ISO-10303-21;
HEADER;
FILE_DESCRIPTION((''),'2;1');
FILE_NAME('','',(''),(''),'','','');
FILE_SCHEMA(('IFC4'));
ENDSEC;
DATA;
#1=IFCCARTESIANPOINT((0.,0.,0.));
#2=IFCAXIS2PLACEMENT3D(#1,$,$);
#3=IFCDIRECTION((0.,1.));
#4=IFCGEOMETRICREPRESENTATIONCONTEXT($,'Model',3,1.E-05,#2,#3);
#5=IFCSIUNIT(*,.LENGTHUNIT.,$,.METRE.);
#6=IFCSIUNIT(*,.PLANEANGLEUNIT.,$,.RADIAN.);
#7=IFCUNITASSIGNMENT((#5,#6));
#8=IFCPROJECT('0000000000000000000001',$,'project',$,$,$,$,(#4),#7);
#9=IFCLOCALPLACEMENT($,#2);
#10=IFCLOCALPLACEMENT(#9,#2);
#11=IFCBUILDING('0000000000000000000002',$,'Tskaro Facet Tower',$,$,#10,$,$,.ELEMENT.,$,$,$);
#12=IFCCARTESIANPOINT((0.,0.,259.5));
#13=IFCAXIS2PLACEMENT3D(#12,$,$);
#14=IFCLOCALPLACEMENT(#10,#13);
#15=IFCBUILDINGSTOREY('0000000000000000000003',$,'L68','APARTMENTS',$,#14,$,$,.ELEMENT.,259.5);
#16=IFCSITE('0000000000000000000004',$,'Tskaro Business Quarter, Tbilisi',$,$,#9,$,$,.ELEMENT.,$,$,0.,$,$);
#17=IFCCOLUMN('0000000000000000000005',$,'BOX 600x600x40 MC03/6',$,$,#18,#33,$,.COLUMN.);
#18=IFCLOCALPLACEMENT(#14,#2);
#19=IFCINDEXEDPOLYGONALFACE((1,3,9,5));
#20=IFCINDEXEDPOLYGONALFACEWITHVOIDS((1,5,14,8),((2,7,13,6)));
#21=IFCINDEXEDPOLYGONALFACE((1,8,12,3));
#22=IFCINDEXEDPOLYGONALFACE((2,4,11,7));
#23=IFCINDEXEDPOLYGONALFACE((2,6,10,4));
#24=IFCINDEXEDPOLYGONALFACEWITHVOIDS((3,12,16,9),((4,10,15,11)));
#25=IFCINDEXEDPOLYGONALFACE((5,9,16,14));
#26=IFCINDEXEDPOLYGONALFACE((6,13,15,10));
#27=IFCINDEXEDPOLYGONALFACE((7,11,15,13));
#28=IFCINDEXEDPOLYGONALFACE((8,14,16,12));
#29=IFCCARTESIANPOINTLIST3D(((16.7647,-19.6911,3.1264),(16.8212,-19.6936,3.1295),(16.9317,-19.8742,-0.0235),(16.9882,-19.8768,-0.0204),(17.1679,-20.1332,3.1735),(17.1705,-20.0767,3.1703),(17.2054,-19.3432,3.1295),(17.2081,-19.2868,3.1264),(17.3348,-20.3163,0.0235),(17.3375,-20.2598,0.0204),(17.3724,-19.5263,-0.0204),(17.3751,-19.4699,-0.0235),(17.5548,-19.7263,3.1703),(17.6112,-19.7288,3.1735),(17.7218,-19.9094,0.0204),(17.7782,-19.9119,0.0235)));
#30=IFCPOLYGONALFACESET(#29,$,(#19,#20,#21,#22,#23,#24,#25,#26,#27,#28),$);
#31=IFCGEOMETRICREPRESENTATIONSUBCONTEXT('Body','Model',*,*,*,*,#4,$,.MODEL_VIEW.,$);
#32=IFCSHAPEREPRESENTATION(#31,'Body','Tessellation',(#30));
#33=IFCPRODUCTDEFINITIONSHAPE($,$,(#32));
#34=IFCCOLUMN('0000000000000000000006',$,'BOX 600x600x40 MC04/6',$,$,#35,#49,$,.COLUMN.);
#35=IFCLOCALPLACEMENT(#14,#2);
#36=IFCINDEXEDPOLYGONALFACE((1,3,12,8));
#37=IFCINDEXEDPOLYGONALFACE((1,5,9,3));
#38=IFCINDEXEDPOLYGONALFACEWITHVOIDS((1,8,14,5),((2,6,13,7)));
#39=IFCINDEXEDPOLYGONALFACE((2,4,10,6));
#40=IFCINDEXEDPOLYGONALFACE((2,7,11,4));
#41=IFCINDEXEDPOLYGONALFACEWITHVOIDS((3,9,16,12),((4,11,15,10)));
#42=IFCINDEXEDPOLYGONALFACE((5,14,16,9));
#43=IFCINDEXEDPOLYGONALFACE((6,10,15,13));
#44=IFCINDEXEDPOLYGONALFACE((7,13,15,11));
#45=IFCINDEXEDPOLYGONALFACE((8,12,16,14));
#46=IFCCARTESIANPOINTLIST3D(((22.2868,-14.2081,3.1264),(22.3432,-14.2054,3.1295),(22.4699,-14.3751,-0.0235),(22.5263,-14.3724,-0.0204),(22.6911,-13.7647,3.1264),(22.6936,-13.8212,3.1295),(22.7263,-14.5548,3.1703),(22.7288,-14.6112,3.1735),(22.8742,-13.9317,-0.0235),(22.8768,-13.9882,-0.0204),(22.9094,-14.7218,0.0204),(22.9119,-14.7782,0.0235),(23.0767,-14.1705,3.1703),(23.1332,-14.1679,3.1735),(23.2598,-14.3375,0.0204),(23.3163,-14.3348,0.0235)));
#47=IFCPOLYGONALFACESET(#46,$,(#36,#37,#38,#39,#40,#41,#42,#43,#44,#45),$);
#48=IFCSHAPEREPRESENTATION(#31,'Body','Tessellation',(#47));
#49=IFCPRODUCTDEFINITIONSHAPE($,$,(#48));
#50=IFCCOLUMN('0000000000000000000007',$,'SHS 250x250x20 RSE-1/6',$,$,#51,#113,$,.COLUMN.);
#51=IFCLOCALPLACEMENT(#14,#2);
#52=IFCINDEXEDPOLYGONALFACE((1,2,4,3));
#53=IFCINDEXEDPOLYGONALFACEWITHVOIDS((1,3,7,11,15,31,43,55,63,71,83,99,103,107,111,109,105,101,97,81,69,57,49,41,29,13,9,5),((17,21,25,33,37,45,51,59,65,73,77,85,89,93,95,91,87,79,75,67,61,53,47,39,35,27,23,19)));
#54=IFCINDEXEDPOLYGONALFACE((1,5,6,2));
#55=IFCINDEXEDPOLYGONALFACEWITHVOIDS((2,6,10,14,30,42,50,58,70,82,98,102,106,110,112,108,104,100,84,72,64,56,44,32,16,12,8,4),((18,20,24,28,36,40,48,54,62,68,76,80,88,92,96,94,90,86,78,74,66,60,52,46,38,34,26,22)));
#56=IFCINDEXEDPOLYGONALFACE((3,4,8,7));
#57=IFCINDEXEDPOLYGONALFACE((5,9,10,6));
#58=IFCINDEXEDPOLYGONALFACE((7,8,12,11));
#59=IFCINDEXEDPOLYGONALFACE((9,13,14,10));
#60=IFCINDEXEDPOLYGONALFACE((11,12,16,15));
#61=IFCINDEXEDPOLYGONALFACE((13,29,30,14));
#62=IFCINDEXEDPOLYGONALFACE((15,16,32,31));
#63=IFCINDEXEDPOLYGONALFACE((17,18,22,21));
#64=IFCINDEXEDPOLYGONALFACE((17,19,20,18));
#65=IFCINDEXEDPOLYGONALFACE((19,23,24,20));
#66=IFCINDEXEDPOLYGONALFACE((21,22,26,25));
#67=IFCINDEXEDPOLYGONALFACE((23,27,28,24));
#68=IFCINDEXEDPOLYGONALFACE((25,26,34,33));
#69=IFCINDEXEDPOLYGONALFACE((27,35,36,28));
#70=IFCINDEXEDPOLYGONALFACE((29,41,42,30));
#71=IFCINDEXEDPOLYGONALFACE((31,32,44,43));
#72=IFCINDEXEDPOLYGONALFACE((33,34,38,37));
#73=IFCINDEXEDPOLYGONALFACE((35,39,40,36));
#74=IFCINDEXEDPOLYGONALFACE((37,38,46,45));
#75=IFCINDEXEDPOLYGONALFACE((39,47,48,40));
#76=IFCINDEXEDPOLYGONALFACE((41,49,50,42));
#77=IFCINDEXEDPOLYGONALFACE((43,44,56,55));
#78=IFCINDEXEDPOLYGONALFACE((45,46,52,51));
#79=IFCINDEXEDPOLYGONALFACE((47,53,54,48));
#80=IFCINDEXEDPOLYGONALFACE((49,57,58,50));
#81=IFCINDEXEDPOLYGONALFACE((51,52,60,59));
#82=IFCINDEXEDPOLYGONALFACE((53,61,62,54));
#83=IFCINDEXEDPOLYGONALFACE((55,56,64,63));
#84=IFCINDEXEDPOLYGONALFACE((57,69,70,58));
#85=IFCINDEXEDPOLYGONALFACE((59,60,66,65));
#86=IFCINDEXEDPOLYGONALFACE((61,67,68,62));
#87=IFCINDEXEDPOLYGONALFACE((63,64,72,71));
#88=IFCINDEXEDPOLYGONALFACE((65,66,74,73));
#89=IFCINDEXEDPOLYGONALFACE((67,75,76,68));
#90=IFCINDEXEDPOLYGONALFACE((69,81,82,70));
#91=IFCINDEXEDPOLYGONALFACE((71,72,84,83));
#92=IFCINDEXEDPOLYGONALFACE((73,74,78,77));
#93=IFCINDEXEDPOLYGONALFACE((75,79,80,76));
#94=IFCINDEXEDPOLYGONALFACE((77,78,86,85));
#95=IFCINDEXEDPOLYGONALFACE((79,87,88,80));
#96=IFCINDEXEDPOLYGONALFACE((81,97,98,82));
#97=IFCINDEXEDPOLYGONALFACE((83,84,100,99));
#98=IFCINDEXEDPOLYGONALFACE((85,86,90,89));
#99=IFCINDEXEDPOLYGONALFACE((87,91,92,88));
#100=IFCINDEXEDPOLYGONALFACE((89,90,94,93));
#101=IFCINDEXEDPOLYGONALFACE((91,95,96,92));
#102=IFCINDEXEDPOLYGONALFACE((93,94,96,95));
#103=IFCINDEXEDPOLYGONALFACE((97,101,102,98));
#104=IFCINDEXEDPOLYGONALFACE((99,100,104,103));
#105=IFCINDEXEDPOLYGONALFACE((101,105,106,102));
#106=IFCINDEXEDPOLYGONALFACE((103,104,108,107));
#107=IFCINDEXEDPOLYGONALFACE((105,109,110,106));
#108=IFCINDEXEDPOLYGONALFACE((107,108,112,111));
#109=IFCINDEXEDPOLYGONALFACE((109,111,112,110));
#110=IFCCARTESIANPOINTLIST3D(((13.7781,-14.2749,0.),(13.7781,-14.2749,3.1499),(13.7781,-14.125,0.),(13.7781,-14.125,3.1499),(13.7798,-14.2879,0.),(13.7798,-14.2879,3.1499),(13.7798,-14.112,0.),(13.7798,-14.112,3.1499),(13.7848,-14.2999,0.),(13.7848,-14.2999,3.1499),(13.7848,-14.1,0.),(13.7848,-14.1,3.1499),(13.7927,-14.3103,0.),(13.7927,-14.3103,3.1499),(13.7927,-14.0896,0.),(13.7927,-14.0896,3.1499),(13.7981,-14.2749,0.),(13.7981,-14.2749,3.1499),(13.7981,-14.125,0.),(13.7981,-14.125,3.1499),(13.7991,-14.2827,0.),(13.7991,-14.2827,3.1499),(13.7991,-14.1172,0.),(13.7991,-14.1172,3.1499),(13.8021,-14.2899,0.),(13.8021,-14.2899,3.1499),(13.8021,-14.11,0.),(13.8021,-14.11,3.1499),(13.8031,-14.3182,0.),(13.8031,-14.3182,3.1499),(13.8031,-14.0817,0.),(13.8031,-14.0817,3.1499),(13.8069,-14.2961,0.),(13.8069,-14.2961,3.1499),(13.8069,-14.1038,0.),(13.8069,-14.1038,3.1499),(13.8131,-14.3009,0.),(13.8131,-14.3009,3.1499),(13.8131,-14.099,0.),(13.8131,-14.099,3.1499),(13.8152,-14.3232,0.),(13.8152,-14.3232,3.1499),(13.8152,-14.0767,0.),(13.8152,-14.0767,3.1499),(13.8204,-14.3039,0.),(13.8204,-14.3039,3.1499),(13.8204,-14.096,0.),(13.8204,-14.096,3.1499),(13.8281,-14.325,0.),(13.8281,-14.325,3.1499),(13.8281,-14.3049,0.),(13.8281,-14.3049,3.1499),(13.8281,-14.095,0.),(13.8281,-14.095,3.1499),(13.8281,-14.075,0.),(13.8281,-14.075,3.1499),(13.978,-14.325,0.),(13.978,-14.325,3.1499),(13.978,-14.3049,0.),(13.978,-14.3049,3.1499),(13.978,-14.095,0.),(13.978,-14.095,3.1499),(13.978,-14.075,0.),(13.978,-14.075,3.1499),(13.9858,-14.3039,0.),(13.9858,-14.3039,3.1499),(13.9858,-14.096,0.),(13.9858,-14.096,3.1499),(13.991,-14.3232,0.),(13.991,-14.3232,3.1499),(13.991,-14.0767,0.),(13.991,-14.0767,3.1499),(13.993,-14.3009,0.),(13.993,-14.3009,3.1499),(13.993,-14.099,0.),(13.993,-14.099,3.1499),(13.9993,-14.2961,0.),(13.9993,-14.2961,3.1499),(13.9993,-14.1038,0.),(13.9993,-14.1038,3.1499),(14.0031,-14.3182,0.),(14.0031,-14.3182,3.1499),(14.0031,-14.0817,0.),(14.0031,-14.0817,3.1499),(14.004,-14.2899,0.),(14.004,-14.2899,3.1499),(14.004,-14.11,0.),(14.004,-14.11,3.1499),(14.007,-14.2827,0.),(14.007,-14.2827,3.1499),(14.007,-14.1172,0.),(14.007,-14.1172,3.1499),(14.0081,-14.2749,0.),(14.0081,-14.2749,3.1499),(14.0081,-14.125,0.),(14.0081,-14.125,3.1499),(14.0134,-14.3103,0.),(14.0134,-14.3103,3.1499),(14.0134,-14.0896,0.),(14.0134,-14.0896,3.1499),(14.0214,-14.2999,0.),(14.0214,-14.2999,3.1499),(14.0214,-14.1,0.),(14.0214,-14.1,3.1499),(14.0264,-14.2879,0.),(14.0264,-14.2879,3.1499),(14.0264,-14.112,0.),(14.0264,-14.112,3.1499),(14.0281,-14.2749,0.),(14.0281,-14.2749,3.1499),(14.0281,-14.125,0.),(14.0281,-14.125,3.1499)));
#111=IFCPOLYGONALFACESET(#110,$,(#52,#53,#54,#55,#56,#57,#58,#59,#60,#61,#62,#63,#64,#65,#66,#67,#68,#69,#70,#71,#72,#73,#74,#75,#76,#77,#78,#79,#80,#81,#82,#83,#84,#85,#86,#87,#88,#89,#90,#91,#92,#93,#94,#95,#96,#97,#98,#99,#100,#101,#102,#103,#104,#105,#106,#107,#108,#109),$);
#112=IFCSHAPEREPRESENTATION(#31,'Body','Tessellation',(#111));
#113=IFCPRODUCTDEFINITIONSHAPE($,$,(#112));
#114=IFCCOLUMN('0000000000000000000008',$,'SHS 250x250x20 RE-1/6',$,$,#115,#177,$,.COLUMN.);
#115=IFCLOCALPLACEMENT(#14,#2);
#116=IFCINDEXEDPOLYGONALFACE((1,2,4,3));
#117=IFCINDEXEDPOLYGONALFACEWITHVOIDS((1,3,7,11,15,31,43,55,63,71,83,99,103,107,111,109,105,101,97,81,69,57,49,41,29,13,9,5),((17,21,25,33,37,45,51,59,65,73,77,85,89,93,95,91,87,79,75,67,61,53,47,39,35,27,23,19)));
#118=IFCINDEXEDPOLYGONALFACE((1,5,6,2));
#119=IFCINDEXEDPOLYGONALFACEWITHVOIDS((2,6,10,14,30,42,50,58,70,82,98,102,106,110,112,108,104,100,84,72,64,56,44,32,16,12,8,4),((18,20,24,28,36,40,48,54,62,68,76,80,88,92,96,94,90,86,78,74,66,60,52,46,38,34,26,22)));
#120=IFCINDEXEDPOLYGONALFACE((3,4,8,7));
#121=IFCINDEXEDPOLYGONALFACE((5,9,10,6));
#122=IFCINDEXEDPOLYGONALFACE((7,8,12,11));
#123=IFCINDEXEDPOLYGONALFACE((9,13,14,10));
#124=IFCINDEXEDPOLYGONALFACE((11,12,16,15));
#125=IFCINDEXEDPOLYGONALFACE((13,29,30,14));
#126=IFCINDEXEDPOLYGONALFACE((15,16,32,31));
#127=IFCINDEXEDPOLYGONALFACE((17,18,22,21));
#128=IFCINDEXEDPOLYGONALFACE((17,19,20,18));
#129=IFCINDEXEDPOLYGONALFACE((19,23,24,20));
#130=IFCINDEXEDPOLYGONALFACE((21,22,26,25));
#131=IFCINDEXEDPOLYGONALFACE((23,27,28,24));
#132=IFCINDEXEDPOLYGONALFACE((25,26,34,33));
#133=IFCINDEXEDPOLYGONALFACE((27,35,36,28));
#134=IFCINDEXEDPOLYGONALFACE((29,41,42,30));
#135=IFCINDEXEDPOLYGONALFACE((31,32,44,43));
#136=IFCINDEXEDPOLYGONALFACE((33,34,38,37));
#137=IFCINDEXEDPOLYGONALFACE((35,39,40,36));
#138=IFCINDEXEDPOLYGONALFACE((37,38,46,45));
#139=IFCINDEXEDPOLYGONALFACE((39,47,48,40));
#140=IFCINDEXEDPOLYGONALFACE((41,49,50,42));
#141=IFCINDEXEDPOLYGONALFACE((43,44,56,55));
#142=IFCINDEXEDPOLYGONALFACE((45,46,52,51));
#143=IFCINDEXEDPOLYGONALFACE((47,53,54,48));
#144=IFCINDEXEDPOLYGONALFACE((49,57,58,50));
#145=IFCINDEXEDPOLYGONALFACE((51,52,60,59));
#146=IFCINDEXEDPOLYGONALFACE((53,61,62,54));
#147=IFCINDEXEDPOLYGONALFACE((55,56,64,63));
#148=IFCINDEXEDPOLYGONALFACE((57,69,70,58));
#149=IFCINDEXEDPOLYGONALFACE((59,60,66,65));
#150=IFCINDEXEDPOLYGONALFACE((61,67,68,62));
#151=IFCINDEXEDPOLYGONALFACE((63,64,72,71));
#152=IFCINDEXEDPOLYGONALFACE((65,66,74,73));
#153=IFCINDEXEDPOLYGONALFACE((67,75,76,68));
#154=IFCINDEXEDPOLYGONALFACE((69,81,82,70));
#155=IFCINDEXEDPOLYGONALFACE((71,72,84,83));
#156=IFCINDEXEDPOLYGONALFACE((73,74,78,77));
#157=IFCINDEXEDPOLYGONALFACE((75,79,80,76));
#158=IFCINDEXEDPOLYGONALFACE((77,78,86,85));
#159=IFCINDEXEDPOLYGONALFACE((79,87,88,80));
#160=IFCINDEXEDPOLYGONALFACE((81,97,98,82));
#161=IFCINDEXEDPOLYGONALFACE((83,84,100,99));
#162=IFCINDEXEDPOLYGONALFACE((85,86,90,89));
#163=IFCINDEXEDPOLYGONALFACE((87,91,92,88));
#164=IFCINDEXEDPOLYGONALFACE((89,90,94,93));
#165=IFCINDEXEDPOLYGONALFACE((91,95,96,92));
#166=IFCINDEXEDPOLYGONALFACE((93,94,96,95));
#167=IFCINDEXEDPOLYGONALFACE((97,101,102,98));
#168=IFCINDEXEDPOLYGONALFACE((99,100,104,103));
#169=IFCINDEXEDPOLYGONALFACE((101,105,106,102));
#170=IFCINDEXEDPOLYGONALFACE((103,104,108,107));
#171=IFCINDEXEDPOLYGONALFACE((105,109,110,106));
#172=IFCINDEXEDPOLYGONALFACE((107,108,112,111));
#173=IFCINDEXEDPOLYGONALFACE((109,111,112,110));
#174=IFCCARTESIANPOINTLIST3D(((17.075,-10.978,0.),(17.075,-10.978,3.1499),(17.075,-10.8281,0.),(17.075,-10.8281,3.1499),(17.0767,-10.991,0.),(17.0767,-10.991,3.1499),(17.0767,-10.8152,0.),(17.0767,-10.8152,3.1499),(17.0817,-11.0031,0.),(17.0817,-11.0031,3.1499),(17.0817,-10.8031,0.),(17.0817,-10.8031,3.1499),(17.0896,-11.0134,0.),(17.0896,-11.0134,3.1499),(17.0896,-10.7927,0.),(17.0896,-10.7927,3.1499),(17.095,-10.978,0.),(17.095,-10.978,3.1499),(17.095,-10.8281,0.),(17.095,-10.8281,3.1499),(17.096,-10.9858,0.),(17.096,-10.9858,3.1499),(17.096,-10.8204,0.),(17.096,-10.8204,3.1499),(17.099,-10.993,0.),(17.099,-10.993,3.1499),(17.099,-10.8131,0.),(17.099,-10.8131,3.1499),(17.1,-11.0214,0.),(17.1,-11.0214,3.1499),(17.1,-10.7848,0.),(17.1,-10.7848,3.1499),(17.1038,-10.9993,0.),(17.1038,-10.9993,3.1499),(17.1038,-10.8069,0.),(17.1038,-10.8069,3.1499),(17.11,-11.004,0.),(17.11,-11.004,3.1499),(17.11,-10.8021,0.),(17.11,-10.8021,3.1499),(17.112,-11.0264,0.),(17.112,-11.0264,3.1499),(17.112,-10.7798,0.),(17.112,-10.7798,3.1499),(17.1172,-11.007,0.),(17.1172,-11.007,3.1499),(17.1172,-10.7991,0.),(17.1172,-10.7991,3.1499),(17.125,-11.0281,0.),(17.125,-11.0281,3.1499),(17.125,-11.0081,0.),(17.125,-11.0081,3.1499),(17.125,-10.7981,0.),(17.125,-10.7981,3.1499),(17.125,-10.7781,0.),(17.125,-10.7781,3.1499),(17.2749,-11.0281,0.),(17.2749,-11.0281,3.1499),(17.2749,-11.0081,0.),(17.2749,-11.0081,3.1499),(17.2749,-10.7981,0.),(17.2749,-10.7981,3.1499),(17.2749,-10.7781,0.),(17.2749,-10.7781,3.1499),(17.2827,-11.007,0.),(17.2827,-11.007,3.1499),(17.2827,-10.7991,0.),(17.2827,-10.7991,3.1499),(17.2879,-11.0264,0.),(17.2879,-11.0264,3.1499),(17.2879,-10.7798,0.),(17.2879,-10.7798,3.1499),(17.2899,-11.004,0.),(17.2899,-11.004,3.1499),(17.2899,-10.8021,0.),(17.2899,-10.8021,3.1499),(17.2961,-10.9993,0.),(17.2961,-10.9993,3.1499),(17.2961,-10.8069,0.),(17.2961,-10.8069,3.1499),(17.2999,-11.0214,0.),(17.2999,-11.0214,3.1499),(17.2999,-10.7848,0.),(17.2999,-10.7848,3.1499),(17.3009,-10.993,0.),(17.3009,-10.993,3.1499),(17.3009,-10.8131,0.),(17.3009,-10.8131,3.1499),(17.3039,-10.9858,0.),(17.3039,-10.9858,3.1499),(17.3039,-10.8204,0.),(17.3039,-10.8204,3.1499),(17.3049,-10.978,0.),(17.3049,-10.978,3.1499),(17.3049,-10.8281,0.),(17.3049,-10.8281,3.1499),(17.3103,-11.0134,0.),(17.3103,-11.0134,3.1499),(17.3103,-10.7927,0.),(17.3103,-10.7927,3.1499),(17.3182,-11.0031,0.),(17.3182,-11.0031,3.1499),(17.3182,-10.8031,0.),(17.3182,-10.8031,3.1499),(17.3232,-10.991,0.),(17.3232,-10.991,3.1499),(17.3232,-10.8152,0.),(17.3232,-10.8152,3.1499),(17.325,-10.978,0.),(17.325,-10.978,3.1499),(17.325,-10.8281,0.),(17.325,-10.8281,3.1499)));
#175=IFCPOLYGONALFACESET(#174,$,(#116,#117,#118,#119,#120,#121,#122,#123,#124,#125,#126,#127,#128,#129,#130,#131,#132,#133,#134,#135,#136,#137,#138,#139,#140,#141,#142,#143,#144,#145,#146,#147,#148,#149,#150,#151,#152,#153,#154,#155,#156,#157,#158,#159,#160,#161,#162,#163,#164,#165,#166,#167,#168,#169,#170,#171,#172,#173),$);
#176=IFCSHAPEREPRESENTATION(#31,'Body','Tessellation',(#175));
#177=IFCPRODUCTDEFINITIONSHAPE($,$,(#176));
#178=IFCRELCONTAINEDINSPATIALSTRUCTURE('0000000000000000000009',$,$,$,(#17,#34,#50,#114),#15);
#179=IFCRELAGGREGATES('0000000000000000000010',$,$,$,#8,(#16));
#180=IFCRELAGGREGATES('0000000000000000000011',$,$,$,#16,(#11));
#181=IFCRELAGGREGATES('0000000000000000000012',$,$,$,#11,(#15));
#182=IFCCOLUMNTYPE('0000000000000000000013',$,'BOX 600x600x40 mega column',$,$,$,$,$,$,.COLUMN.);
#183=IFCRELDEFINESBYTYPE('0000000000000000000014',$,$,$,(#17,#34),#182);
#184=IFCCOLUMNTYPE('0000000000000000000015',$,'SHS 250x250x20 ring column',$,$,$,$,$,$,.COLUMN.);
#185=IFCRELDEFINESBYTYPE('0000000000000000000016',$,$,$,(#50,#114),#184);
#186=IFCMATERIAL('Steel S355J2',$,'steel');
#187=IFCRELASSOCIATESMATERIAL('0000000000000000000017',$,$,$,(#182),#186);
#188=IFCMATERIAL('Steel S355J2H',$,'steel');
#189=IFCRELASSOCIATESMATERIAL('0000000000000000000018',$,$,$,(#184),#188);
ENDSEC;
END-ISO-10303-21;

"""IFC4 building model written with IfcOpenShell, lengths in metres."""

from ifc_helpers import new_model, si_unit, direction, frame, origin, origin_2d, place, context, subcontext, project, spatial, hollow_rectangle, extrude, material, material_profile, profile_set, type_object, element, save


model = new_model("IFC4")

# Units and contexts
model_context = context("Model", 3, precision=1e-05, world=origin(), true_north=direction((0.0, 1.0)))
body_context = subcontext(model_context, "Body", "Model", "MODEL_VIEW")
ifc_project = project(units=[si_unit("LENGTHUNIT", "METRE"), si_unit("PLANEANGLEUNIT", "RADIAN")], contexts=[model_context])

# Site, building, storey
site_placement = place(None, origin())
site = spatial("IfcSite", under=ifc_project, at=site_placement, Name="Tskaro Business Quarter, Tbilisi", CompositionType="ELEMENT", RefElevation=0.0)
building_placement = place(site_placement, origin())
building = spatial("IfcBuilding", under=site, at=building_placement, Name="Tskaro Facet Tower", CompositionType="ELEMENT")
storey_placement = place(building_placement, frame((0.0, 0.0, 259.5)))
storey = spatial("IfcBuildingStorey", under=building, at=storey_placement, Name="L68", Description="APARTMENTS", CompositionType="ELEMENT", Elevation=259.5)

# Columns
ifc_material_1 = material(Name="Steel S355J2", Category="steel")
ifc_material_profile_1 = material_profile(ifc_material_1, hollow_rectangle(XDim=0.6001, YDim=0.6001, WallThickness=0.04, at=origin_2d()), Name="BOX 600x600x40")
ifc_profile_set_1 = profile_set([ifc_material_profile_1], Name="Steel S355J2")
column_type_1 = type_object("IfcColumnType", Name="BOX 600x600x40 mega column", PredefinedType="COLUMN", material=ifc_profile_set_1)
for number, where, z_axis, x_axis, name in (
    (1, (17.355, -19.8931, 0.0), (-0.052852, 0.057951, 0.996919), (-0.738869, -0.673849, 0.0), "BOX 600x600x40 MC03/6"),
    (2, (22.8931, -14.355, 0.0), (-0.057951, 0.052852, 0.996919), (-0.673849, -0.738869, 0.0), "BOX 600x600x40 MC04/6"),
):
    element("IfcColumn", number, at=place(storey_placement, frame(where, z_axis=z_axis, x_axis=x_axis)), inside=storey, type_object=column_type_1, Name=name, PredefinedType="COLUMN", context=body_context, shape_type="SweptSolid", body=[
        extrude(hollow_rectangle(XDim=0.6001, YDim=0.6001, WallThickness=0.04, at=origin_2d()), origin(), (0.0, 0.0, 1.0), 3.1597),
    ])
ifc_material_2 = material(Name="Steel S355J2H", Category="steel")
ifc_material_profile_2 = material_profile(ifc_material_2, hollow_rectangle(XDim=0.25, YDim=0.25, WallThickness=0.02, InnerFilletRadius=0.03, OuterFilletRadius=0.05, at=origin_2d()), Name="SHS 250x250x20")
ifc_profile_set_2 = profile_set([ifc_material_profile_2], Name="Steel S355J2H")
column_type_2 = type_object("IfcColumnType", Name="SHS 250x250x20 ring column", PredefinedType="COLUMN", material=ifc_profile_set_2)
for number, where, z_axis, x_axis, name in (
    (3, (13.9031, -14.2, 0.0), (0.0, 0.0, 1.0), (1.0, 0.0, 0.0), "SHS 250x250x20 RSE-1/6"),
    (4, (17.2, -10.9031, 0.0), (0.0, 0.0, 1.0), (1.0, 0.0, 0.0), "SHS 250x250x20 RE-1/6"),
):
    element("IfcColumn", number, at=place(storey_placement, frame(where, z_axis=z_axis, x_axis=x_axis)), inside=storey, type_object=column_type_2, Name=name, PredefinedType="COLUMN", context=body_context, shape_type="SweptSolid", body=[
        extrude(hollow_rectangle(XDim=0.25, YDim=0.25, WallThickness=0.02, InnerFilletRadius=0.03, OuterFilletRadius=0.05, at=origin_2d()), origin(), (0.0, 0.0, 1.0), 3.1499),
    ])

save(model, "model.ifc")
